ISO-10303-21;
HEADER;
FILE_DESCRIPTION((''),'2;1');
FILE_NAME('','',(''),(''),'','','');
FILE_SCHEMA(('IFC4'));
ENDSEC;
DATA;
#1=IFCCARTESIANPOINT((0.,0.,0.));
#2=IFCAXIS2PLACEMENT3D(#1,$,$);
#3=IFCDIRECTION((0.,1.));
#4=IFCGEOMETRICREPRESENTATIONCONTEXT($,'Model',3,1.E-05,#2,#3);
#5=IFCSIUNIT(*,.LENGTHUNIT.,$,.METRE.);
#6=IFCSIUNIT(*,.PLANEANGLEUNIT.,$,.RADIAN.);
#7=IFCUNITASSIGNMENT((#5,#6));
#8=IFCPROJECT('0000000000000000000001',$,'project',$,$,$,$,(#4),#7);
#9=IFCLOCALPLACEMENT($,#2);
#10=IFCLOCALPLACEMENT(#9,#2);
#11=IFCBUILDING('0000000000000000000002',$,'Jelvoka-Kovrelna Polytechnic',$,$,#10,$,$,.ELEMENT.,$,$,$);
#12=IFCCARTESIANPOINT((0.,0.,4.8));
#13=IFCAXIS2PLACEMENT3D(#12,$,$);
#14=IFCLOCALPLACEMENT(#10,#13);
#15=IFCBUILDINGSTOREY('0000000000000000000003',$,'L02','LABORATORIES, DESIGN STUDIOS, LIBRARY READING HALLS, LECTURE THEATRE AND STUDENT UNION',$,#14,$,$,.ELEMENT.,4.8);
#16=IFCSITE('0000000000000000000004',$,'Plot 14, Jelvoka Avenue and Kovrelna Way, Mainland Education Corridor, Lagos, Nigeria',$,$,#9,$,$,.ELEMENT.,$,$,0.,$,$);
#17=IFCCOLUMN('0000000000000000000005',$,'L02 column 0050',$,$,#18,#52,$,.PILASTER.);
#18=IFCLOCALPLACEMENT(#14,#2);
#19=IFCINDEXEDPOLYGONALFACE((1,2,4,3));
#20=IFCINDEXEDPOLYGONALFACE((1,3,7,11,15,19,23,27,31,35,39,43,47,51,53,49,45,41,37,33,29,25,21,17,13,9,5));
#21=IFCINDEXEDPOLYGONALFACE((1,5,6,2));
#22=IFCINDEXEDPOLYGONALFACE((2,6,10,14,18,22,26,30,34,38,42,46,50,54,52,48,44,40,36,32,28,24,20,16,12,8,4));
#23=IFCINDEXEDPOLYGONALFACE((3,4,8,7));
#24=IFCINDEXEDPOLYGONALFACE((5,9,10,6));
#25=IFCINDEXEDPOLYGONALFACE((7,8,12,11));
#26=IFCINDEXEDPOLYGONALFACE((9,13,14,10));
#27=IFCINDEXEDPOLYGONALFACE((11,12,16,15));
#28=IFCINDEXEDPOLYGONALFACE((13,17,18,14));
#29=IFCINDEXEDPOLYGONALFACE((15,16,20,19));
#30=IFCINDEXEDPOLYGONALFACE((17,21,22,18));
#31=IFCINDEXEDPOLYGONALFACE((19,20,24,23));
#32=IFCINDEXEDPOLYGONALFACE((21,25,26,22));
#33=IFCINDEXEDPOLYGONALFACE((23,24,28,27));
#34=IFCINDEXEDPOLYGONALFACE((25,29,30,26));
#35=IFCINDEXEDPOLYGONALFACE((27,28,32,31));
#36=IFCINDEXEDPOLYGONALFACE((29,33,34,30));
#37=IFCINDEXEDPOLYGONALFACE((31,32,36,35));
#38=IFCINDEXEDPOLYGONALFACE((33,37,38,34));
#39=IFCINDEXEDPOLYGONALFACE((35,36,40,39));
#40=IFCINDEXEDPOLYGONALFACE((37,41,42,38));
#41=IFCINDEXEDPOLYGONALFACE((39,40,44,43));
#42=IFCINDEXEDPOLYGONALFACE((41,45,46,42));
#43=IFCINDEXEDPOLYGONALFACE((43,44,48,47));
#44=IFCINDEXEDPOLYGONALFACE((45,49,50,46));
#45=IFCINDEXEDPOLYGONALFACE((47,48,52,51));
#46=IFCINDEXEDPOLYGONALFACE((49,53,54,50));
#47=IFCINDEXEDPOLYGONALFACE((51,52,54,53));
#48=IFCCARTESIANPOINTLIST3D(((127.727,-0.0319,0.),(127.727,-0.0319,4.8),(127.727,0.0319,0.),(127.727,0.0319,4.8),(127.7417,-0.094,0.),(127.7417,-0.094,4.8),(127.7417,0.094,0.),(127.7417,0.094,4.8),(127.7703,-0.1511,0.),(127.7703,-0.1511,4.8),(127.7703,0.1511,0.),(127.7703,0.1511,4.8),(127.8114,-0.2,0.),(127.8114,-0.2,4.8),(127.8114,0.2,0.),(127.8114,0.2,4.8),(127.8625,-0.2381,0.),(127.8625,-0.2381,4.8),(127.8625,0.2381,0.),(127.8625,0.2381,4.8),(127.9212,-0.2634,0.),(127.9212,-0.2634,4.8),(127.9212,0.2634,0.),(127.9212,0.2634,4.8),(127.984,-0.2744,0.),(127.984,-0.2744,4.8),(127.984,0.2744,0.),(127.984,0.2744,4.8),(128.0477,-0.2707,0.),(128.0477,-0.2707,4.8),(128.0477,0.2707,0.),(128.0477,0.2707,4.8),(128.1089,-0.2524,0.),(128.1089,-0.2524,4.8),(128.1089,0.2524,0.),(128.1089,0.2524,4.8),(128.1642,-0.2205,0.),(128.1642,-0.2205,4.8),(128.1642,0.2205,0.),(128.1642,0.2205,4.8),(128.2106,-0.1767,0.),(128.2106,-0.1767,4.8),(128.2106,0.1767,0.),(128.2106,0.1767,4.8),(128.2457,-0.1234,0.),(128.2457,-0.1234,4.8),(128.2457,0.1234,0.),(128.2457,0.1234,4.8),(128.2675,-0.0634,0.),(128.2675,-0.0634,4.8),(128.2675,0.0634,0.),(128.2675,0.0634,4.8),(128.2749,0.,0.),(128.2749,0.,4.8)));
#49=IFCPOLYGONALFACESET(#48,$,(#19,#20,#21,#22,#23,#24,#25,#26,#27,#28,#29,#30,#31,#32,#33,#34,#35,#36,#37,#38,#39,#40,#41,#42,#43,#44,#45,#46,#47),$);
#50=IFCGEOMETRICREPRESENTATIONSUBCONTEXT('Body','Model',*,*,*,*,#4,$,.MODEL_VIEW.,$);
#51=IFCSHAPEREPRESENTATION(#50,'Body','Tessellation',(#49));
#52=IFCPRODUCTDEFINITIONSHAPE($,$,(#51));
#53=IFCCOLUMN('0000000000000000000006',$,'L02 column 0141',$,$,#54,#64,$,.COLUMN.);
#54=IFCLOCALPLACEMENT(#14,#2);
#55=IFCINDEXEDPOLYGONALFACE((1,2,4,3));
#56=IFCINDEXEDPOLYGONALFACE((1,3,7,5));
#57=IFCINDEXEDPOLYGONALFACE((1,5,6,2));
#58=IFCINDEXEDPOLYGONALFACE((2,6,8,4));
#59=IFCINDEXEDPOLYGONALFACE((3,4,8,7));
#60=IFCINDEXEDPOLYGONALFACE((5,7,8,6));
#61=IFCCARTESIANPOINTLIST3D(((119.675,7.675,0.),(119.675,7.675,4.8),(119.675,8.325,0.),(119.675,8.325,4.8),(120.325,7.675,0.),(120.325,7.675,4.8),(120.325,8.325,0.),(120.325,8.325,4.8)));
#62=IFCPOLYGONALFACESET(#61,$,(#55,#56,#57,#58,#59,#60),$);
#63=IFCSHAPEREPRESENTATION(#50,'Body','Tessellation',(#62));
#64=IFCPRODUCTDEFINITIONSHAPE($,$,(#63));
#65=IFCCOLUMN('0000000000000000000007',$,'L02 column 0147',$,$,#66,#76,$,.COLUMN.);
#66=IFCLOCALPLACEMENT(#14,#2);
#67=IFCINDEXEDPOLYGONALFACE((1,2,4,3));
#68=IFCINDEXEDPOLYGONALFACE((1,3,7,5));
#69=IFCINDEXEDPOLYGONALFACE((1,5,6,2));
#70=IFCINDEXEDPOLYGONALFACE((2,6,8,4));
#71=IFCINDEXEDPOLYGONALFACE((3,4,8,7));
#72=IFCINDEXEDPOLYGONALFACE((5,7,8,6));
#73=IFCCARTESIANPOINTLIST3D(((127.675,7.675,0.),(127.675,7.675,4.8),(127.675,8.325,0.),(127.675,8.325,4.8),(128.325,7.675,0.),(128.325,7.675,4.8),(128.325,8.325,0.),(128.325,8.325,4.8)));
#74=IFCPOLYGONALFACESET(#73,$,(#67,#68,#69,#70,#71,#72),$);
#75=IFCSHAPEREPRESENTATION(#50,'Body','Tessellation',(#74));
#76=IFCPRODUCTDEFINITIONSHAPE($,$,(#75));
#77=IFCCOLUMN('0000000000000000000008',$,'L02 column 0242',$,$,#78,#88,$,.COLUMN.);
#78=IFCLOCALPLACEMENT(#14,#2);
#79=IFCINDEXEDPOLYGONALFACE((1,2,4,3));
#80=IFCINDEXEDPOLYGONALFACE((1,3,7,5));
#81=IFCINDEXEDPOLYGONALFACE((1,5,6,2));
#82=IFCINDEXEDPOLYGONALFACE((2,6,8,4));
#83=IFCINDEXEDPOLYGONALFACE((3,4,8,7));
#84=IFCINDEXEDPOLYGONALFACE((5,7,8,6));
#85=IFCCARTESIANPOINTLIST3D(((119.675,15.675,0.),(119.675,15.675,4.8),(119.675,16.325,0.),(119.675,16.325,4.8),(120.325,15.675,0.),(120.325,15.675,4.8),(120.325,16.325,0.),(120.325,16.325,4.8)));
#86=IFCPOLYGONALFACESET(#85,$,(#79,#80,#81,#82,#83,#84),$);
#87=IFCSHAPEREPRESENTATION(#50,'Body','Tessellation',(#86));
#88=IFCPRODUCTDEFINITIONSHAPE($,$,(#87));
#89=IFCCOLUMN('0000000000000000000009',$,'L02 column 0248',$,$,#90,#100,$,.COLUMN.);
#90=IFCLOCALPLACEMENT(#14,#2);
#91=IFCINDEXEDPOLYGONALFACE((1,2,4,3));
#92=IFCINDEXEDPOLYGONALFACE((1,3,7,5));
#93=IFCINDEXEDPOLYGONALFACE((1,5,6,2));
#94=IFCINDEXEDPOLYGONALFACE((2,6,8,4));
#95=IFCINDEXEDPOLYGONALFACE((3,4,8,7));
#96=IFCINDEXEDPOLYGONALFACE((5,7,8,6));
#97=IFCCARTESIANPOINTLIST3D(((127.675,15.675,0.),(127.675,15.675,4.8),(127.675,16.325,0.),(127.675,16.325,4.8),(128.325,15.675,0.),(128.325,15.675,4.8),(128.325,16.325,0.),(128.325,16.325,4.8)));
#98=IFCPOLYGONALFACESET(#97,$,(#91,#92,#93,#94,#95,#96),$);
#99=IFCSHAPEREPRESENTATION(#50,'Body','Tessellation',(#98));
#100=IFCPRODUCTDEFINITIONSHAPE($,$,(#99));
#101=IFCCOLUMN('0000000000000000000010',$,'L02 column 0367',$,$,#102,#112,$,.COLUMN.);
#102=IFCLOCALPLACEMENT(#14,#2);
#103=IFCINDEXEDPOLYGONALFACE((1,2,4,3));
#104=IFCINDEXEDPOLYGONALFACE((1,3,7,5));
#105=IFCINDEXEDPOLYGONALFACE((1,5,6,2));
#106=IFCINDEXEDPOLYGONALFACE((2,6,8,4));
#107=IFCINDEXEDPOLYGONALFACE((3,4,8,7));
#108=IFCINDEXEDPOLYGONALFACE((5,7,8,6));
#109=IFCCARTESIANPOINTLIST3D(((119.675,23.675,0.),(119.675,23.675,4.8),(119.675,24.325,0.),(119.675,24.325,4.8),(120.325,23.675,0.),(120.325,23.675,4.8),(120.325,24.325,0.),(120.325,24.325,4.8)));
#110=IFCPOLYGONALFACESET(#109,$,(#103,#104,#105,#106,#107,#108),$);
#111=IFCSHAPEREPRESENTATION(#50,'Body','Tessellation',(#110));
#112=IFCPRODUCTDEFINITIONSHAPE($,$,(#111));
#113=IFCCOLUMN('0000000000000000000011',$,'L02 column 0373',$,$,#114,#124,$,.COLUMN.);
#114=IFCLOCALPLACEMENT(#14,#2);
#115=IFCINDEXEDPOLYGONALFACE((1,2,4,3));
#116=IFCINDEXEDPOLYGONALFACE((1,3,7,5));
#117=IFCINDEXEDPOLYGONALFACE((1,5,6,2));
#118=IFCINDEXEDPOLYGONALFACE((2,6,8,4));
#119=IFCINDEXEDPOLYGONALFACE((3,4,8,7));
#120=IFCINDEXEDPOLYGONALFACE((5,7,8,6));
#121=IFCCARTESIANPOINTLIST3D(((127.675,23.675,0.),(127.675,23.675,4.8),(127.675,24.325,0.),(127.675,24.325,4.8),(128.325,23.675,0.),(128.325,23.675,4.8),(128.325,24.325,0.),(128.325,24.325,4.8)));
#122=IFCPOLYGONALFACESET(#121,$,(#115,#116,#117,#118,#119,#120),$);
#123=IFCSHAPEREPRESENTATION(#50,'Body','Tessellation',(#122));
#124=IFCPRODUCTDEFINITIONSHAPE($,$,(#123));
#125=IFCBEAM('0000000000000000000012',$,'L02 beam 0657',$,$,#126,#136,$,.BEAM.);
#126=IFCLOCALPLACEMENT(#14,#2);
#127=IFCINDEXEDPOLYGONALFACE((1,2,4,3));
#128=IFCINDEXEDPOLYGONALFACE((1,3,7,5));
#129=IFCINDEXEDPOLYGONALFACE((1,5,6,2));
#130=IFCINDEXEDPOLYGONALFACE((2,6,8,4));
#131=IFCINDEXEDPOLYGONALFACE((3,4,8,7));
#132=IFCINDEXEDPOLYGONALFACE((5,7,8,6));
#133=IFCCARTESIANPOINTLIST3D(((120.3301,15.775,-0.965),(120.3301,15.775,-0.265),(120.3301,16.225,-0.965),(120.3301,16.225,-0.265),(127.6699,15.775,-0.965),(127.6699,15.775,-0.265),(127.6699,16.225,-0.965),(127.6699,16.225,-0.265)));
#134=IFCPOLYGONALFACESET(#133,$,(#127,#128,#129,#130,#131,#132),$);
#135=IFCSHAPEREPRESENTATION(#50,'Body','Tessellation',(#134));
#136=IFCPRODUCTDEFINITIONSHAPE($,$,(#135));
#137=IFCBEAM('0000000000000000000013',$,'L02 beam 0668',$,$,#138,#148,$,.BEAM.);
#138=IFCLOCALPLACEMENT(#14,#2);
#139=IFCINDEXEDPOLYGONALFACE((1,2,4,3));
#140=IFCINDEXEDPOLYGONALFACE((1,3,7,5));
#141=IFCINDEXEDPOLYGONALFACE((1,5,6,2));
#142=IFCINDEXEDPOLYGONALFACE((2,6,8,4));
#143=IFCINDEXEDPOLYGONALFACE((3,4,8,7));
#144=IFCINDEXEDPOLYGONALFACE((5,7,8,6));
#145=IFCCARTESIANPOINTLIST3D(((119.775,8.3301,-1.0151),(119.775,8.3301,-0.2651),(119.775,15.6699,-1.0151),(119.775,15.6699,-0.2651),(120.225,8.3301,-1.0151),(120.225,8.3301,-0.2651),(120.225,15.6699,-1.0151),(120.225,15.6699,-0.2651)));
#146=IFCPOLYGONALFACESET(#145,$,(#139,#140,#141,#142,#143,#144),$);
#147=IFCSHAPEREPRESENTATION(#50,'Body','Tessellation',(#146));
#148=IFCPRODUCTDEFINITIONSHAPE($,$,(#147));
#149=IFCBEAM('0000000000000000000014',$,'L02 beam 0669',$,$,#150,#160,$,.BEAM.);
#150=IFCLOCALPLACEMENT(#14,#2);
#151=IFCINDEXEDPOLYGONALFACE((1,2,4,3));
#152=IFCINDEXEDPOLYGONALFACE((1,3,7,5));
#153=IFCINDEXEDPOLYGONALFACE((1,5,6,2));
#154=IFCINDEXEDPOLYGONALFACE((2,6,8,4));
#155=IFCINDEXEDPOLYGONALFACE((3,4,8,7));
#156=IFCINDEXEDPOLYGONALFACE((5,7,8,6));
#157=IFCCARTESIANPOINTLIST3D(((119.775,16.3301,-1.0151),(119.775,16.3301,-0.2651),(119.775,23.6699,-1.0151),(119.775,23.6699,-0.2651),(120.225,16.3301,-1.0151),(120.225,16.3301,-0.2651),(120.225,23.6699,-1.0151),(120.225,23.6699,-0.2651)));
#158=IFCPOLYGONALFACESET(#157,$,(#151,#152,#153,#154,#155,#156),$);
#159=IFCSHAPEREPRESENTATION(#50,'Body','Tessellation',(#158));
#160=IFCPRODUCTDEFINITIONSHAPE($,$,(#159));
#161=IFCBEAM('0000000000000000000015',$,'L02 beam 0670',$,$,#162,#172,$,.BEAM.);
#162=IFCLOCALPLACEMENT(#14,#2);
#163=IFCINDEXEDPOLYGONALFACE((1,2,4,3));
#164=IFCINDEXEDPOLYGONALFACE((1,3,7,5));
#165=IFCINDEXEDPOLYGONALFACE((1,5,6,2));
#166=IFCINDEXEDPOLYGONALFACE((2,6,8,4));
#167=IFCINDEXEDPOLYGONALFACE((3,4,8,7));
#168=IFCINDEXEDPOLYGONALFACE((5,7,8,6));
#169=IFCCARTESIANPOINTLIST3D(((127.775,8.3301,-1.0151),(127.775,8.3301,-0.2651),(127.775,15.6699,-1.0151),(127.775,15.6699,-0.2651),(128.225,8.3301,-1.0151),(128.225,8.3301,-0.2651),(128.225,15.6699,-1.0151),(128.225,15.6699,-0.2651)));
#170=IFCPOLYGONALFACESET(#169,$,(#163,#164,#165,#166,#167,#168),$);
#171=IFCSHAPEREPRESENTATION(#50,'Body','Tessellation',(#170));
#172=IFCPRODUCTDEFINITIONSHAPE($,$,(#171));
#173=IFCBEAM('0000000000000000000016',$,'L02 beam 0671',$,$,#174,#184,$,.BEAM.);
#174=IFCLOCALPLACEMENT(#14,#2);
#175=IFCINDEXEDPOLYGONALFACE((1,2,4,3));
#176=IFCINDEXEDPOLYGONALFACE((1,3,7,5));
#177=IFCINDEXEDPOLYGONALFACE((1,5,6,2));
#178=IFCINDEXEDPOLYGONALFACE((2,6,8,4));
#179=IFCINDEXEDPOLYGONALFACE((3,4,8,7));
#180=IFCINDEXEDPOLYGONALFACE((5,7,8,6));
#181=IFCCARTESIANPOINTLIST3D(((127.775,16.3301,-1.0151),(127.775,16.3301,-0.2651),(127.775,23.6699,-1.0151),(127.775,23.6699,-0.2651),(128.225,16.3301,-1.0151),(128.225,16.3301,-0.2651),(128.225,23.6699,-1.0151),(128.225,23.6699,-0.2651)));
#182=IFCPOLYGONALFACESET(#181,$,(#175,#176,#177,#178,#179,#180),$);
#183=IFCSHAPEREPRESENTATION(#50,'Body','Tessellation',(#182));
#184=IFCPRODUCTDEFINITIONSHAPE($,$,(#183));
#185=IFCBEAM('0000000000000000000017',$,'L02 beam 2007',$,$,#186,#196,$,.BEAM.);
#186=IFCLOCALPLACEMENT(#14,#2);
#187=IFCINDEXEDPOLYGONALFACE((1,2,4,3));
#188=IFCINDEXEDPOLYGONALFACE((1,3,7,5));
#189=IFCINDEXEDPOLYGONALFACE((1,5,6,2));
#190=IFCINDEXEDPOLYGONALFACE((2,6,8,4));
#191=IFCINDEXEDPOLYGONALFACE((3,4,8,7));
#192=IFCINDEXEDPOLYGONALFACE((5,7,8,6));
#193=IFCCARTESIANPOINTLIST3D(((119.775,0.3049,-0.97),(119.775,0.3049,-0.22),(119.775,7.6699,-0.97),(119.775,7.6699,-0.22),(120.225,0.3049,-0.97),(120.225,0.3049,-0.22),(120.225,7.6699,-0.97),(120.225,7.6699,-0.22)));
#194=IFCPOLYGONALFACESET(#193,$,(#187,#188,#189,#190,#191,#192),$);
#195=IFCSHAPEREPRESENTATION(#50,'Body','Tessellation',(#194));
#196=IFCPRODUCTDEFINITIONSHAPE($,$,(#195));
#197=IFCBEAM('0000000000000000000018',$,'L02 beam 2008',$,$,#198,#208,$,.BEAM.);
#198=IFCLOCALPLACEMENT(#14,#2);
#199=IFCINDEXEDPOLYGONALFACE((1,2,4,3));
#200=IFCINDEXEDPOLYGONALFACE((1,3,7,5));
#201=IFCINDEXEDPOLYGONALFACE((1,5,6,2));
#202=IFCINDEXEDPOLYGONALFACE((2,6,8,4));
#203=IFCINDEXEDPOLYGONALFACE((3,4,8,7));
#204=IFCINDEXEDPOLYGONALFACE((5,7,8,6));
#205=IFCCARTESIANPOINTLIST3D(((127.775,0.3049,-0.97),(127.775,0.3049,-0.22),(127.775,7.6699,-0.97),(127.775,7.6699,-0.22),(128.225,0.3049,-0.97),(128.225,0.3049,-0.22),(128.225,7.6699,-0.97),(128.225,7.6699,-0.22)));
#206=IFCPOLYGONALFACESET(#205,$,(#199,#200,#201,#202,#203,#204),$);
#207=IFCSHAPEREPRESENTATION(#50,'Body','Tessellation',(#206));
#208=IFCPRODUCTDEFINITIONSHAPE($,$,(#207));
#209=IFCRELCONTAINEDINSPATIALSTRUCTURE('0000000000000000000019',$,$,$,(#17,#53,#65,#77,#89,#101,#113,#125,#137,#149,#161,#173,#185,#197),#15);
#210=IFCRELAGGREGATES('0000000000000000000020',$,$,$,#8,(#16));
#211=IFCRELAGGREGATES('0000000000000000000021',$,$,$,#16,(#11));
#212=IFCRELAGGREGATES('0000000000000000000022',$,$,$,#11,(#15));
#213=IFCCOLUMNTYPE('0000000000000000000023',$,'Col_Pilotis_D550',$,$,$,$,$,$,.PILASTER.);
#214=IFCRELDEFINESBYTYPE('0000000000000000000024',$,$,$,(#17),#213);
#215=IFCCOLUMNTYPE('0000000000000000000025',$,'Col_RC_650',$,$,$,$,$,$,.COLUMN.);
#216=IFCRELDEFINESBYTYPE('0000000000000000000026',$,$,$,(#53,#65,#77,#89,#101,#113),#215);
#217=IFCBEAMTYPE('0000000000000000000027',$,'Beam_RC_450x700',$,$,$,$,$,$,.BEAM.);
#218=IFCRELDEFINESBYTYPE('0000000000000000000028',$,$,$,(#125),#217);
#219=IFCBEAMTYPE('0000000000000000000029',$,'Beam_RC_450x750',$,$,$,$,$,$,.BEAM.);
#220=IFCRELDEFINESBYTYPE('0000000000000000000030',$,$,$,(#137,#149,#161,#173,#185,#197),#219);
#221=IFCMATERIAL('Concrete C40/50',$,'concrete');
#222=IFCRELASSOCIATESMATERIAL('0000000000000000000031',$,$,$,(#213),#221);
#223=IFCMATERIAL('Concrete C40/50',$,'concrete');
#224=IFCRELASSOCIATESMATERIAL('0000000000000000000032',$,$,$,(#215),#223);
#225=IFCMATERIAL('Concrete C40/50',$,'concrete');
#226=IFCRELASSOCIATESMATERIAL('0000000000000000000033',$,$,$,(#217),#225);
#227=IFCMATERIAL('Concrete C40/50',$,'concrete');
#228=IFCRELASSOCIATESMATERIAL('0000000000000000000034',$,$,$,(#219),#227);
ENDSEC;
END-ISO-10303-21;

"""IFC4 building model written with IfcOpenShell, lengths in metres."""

from ifc_helpers import new_model, si_unit, direction, frame, origin, origin_2d, place, context, subcontext, project, spatial, rectangle, circle, extrude, material, material_profile, profile_set, type_object, element, save


model = new_model("IFC4")

# Units and contexts
model_context = context("Model", 3, precision=1e-05, world=origin(), true_north=direction((0.0, 1.0)))
body_context = subcontext(model_context, "Body", "Model", "MODEL_VIEW")
ifc_project = project(units=[si_unit("LENGTHUNIT", "METRE"), si_unit("PLANEANGLEUNIT", "RADIAN")], contexts=[model_context])

# Site, building, storey
site_placement = place(None, origin())
site = spatial("IfcSite", under=ifc_project, at=site_placement, Name="Plot 14, Jelvoka Avenue and Kovrelna Way, Mainland Education Corridor, Lagos, Nigeria", CompositionType="ELEMENT", RefElevation=0.0)
building_placement = place(site_placement, origin())
building = spatial("IfcBuilding", under=site, at=building_placement, Name="Jelvoka-Kovrelna Polytechnic", CompositionType="ELEMENT")
storey_placement = place(building_placement, frame((0.0, 0.0, 4.8)))
storey = spatial("IfcBuildingStorey", under=building, at=storey_placement, Name="L02", Description="LABORATORIES, DESIGN STUDIOS, LIBRARY READING HALLS, LECTURE THEATRE AND STUDENT UNION", CompositionType="ELEMENT", Elevation=4.8)

# Columns
ifc_material_1 = material(Name="Concrete C40/50", Category="concrete")
ifc_material_profile_1 = material_profile(ifc_material_1, circle(Radius=0.2749, at=origin_2d()), Name="RC D550")
ifc_profile_set_1 = profile_set([ifc_material_profile_1], Name="Concrete C40/50")
column_type_1 = type_object("IfcColumnType", Name="Col_Pilotis_D550", PredefinedType="PILASTER", material=ifc_profile_set_1)
column_placement = place(storey_placement, frame((128.0, 0.0, 0.0), z_axis=(0.0, 0.0, 1.0), x_axis=(1.0, 0.0, 0.0)))
element("IfcColumn", 1, at=column_placement, inside=storey, type_object=column_type_1, Name="L02 column 0050", PredefinedType="PILASTER", context=body_context, shape_type="SweptSolid", body=[
    extrude(circle(Radius=0.2749, at=origin_2d()), origin(), (0.0, 0.0, 1.0), 4.8),
])
ifc_material_2 = material(Name="Concrete C40/50", Category="concrete")
ifc_material_profile_2 = material_profile(ifc_material_2, rectangle(XDim=0.6499, YDim=0.6499, at=origin_2d()), Name="RC 650x650")
ifc_profile_set_2 = profile_set([ifc_material_profile_2], Name="Concrete C40/50")
column_type_2 = type_object("IfcColumnType", Name="Col_RC_650", PredefinedType="COLUMN", material=ifc_profile_set_2)
for number, where, z_axis, x_axis, name in (
    (2, (120.0, 8.0, 0.0), (0.0, 0.0, 1.0), (1.0, 0.0, 0.0), "L02 column 0141"),
    (3, (128.0, 8.0, 0.0), (0.0, 0.0, 1.0), (1.0, 0.0, 0.0), "L02 column 0147"),
    (4, (120.0, 16.0, 0.0), (0.0, 0.0, 1.0), (1.0, 0.0, 0.0), "L02 column 0242"),
    (5, (128.0, 16.0, 0.0), (0.0, 0.0, 1.0), (1.0, 0.0, 0.0), "L02 column 0248"),
    (6, (120.0, 24.0, 0.0), (0.0, 0.0, 1.0), (1.0, 0.0, 0.0), "L02 column 0367"),
    (7, (128.0, 24.0, 0.0), (0.0, 0.0, 1.0), (1.0, 0.0, 0.0), "L02 column 0373"),
):
    element("IfcColumn", number, at=place(storey_placement, frame(where, z_axis=z_axis, x_axis=x_axis)), inside=storey, type_object=column_type_2, Name=name, PredefinedType="COLUMN", context=body_context, shape_type="SweptSolid", body=[
        extrude(rectangle(XDim=0.6499, YDim=0.6499, at=origin_2d()), origin(), (0.0, 0.0, 1.0), 4.8),
    ])

# Beams
ifc_material_3 = material(Name="Concrete C40/50", Category="concrete")
ifc_material_profile_3 = material_profile(ifc_material_3, rectangle(XDim=0.45, YDim=0.7, at=origin_2d()), Name="RC 450x700")
ifc_profile_set_3 = profile_set([ifc_material_profile_3], Name="Concrete C40/50")
beam_type_1 = type_object("IfcBeamType", Name="Beam_RC_450x700", PredefinedType="BEAM", material=ifc_profile_set_3)
beam_placement = place(storey_placement, frame((120.3301, 16.0, -0.615), z_axis=(1.0, 0.0, 0.0), x_axis=(0.0, 1.0, 0.0)))
element("IfcBeam", 8, at=beam_placement, inside=storey, type_object=beam_type_1, Name="L02 beam 0657", PredefinedType="BEAM", context=body_context, shape_type="SweptSolid", body=[
    extrude(rectangle(XDim=0.45, YDim=0.7, at=origin_2d()), origin(), (0.0, 0.0, 1.0), 7.3398),
])
ifc_material_4 = material(Name="Concrete C40/50", Category="concrete")
ifc_material_profile_4 = material_profile(ifc_material_4, rectangle(XDim=0.45, YDim=0.75, at=origin_2d()), Name="RC 450x750")
ifc_profile_set_4 = profile_set([ifc_material_profile_4], Name="Concrete C40/50")
beam_type_2 = type_object("IfcBeamType", Name="Beam_RC_450x750", PredefinedType="BEAM", material=ifc_profile_set_4)
for number, where, z_axis, x_axis, name in (
    (9, (120.0, 8.3301, -0.6401), (0.0, 1.0, 0.0), (-1.0, 0.0, 0.0), "L02 beam 0668"),
    (10, (120.0, 16.3301, -0.6401), (0.0, 1.0, 0.0), (-1.0, 0.0, 0.0), "L02 beam 0669"),
    (11, (128.0, 8.3301, -0.6401), (0.0, 1.0, 0.0), (-1.0, 0.0, 0.0), "L02 beam 0670"),
    (12, (128.0, 16.3301, -0.6401), (0.0, 1.0, 0.0), (-1.0, 0.0, 0.0), "L02 beam 0671"),
):
    element("IfcBeam", number, at=place(storey_placement, frame(where, z_axis=z_axis, x_axis=x_axis)), inside=storey, type_object=beam_type_2, Name=name, PredefinedType="BEAM", context=body_context, shape_type="SweptSolid", body=[
        extrude(rectangle(XDim=0.45, YDim=0.75, at=origin_2d()), origin(), (0.0, 0.0, 1.0), 7.3398),
    ])
for number, where, z_axis, x_axis, name in (
    (13, (120.0, 0.3049, -0.595), (0.0, 1.0, 0.0), (-1.0, 0.0, 0.0), "L02 beam 2007"),
    (14, (128.0, 0.3049, -0.595), (0.0, 1.0, 0.0), (-1.0, 0.0, 0.0), "L02 beam 2008"),
):
    element("IfcBeam", number, at=place(storey_placement, frame(where, z_axis=z_axis, x_axis=x_axis)), inside=storey, type_object=beam_type_2, Name=name, PredefinedType="BEAM", context=body_context, shape_type="SweptSolid", body=[
        extrude(rectangle(XDim=0.45, YDim=0.75, at=origin_2d()), origin(), (0.0, 0.0, 1.0), 7.365),
    ])

save(model, "model.ifc")
